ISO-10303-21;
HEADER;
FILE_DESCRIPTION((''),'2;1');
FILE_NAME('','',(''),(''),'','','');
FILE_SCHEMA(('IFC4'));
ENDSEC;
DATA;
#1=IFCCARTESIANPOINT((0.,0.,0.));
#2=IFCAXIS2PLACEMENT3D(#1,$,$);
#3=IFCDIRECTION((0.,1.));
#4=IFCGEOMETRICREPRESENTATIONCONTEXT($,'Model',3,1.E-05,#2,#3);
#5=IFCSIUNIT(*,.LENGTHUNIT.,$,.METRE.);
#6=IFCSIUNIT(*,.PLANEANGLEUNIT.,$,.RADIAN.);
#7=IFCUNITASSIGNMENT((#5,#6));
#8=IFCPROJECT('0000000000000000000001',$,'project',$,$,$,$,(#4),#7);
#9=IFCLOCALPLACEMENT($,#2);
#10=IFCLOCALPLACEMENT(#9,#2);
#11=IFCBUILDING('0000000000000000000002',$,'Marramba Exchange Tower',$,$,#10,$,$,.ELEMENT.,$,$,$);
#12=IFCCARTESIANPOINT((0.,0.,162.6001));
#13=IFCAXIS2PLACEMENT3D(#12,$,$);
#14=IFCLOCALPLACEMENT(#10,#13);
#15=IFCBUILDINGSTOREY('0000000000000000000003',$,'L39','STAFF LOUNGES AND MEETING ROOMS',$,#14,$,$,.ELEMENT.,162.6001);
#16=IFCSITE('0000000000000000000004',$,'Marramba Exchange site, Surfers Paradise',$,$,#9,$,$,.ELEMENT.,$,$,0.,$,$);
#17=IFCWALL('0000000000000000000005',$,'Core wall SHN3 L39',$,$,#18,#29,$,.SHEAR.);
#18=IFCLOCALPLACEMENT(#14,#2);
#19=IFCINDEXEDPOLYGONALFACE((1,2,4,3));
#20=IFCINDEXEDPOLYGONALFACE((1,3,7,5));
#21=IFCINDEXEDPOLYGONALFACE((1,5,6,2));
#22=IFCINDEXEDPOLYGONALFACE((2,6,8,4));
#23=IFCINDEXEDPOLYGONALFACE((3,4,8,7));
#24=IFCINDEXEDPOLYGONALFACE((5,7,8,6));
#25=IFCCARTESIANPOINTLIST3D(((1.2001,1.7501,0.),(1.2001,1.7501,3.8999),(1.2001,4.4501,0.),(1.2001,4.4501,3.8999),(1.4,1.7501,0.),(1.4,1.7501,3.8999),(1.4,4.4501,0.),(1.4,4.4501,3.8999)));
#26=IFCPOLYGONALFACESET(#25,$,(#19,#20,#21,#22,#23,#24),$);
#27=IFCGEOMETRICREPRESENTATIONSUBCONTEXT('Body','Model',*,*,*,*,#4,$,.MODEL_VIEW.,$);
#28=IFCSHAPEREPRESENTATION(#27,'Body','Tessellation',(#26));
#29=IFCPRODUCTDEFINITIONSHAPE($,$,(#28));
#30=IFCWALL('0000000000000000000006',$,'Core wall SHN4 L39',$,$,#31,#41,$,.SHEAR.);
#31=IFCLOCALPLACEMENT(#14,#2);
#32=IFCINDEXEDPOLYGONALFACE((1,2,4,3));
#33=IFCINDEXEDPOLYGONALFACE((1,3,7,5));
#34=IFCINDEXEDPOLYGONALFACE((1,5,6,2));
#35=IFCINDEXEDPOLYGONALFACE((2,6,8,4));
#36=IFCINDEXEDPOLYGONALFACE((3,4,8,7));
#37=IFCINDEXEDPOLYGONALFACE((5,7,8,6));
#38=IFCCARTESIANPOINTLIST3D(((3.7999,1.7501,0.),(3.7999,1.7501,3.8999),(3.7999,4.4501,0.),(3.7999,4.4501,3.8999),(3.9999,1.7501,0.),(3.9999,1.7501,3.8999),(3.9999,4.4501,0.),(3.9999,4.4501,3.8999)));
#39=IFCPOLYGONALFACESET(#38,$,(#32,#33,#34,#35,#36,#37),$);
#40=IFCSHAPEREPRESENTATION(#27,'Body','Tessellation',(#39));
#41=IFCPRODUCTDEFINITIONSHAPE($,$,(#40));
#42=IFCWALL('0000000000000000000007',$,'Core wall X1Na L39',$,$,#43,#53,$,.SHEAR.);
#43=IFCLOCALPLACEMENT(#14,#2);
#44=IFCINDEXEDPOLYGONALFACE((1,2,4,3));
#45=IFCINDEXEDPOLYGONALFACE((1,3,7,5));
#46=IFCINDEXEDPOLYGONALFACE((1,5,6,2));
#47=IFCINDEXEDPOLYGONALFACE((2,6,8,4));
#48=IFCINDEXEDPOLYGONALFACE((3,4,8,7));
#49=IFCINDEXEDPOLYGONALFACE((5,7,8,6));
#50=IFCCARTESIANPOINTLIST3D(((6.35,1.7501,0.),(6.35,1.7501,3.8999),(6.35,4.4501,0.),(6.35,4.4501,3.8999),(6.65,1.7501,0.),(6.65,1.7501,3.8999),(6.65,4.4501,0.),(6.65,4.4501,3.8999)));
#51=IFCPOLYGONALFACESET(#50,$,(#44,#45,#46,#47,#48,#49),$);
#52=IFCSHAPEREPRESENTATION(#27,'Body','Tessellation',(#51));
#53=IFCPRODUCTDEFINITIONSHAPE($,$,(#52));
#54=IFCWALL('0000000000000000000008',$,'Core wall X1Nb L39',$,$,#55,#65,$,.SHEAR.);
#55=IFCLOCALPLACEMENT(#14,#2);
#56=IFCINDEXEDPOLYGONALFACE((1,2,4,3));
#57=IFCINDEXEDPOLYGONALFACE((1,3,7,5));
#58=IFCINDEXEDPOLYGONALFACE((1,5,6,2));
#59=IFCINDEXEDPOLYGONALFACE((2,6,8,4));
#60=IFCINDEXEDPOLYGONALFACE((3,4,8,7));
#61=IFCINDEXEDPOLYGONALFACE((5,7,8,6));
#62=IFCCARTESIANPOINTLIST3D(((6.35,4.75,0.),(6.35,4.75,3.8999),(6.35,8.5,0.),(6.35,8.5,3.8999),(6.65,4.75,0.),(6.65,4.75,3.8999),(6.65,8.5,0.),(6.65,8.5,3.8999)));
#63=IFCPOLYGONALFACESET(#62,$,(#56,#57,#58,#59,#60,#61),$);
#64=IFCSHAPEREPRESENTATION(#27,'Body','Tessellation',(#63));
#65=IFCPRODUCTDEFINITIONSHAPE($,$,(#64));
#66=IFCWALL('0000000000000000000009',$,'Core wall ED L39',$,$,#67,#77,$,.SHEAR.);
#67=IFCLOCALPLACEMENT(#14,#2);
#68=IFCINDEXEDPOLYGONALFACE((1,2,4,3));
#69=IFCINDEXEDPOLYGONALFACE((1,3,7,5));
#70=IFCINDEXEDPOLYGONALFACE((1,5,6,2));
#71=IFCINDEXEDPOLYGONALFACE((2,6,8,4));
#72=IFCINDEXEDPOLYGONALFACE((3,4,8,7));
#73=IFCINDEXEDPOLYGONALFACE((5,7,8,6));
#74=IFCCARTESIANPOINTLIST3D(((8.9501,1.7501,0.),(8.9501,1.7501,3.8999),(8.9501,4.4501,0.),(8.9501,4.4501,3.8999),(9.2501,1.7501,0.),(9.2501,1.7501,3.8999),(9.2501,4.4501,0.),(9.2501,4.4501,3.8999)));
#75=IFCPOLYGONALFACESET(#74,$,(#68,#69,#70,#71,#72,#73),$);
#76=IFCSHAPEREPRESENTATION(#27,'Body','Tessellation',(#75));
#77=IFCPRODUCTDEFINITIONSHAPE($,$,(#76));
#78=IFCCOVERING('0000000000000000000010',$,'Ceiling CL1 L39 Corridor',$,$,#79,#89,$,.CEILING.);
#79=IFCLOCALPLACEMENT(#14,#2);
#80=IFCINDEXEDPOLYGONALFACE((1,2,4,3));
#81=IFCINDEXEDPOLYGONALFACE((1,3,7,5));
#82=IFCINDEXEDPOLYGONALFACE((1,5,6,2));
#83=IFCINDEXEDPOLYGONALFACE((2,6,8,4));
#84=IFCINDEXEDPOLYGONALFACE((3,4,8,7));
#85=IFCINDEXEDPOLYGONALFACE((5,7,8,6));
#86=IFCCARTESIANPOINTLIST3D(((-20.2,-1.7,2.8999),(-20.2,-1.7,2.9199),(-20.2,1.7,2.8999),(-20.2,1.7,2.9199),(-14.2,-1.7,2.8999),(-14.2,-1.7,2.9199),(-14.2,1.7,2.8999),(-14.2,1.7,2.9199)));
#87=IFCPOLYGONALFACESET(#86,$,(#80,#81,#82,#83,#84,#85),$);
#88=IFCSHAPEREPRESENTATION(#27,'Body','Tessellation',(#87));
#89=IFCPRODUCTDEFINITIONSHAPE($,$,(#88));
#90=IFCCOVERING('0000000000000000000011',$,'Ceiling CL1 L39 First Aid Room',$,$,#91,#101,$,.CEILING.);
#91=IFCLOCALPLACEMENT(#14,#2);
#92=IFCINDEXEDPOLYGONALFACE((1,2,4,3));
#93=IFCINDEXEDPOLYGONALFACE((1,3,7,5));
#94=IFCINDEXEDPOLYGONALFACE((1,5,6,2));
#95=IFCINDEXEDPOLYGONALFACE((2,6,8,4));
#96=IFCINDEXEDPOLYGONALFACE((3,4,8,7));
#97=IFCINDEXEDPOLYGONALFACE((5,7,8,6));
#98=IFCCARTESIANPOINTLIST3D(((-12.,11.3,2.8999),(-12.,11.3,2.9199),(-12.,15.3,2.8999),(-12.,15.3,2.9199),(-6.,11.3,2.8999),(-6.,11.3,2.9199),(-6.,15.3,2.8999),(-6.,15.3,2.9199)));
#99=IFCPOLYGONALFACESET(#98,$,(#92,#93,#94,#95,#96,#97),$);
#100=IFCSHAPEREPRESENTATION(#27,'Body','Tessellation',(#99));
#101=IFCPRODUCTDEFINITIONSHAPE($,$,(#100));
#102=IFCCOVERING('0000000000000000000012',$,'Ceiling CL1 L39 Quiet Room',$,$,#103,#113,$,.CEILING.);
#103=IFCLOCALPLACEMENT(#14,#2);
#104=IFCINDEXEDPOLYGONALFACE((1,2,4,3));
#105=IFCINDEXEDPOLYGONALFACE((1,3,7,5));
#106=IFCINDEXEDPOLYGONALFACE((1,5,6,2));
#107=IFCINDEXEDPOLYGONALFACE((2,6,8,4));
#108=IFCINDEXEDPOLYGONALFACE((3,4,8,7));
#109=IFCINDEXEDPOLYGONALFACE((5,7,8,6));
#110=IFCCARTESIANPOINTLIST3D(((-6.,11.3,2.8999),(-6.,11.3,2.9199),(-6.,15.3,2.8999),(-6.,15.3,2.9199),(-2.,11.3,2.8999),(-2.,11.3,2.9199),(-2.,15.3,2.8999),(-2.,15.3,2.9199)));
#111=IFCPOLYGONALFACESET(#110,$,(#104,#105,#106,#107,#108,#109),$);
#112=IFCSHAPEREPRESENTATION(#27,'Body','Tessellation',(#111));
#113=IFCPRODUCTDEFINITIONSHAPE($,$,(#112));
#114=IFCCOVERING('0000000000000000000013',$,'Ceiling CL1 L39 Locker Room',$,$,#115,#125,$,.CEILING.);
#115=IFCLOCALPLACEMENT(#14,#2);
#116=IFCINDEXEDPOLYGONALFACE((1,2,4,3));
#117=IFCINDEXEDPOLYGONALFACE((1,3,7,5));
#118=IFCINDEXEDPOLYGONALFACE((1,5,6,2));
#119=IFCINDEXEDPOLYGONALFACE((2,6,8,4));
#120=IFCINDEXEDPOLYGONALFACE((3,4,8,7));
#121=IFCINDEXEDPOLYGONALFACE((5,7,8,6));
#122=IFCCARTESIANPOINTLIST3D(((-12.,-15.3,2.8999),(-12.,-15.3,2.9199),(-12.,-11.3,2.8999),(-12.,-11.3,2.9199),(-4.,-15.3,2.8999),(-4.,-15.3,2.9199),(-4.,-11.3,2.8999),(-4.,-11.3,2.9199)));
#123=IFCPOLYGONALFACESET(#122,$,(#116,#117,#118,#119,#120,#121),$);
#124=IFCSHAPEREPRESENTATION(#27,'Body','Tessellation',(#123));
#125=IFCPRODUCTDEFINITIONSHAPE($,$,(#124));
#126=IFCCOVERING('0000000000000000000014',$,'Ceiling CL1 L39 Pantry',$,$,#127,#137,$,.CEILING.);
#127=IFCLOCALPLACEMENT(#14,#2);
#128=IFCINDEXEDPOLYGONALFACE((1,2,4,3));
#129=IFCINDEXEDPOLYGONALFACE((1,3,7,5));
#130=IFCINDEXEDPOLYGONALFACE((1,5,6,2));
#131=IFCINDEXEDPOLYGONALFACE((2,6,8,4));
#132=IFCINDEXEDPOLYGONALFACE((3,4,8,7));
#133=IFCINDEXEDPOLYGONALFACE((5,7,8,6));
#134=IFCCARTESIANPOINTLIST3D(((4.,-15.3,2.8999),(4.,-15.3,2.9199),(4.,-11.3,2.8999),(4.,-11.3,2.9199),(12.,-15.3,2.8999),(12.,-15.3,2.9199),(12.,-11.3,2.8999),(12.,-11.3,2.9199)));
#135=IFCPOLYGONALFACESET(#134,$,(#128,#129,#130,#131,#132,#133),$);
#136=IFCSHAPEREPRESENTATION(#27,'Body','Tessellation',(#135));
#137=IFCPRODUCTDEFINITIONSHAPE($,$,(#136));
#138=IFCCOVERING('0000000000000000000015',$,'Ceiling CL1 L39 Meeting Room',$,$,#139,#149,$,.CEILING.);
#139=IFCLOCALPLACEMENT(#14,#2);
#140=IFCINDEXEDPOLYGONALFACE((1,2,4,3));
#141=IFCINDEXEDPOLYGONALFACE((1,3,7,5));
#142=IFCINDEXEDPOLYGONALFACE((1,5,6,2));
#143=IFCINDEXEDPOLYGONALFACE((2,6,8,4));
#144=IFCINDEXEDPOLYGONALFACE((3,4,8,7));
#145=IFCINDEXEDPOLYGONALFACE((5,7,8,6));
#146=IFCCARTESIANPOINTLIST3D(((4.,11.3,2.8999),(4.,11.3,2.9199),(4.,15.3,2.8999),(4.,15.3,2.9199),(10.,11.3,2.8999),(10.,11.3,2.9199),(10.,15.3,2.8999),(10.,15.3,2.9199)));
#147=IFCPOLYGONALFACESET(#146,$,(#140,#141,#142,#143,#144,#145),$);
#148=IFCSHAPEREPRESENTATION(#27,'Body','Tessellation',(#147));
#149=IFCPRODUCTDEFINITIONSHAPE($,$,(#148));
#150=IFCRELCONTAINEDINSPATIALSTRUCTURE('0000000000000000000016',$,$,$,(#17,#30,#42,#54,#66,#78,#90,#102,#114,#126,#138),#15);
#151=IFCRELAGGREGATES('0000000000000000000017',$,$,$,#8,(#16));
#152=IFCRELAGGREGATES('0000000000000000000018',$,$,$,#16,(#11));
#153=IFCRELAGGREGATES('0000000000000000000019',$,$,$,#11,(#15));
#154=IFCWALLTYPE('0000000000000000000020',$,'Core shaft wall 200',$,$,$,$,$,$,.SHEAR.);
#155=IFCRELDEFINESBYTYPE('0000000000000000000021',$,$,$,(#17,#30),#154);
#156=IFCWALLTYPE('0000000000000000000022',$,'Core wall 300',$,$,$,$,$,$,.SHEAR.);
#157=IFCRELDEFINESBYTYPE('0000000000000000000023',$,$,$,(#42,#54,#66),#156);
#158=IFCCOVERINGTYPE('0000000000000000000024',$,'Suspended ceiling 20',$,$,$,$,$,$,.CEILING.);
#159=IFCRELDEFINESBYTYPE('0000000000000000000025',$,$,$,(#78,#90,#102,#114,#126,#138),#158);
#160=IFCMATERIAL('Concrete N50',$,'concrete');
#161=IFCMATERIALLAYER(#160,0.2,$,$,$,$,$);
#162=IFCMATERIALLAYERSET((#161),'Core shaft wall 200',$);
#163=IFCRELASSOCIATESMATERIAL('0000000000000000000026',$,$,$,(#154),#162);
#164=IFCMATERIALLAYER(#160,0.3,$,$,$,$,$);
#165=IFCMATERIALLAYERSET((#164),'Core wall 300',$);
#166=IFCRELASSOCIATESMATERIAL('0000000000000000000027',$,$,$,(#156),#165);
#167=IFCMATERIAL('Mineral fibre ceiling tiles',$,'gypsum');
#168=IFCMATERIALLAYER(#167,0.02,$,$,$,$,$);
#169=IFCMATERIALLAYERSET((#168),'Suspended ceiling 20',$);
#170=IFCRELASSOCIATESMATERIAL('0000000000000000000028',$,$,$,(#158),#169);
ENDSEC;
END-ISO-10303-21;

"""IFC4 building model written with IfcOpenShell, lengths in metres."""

from ifc_helpers import new_model, si_unit, direction, frame, frame_2d, origin, place, context, subcontext, project, spatial, polyline, rectangle, outline, extrude, material, layer, layer_set, type_object, element, save


model = new_model("IFC4")

# Units and contexts
model_context = context("Model", 3, precision=1e-05, world=origin(), true_north=direction((0.0, 1.0)))
body_context = subcontext(model_context, "Body", "Model", "MODEL_VIEW")
ifc_project = project(units=[si_unit("LENGTHUNIT", "METRE"), si_unit("PLANEANGLEUNIT", "RADIAN")], contexts=[model_context])

# Site, building, storey
site_placement = place(None, origin())
site = spatial("IfcSite", under=ifc_project, at=site_placement, Name="Marramba Exchange site, Surfers Paradise", CompositionType="ELEMENT", RefElevation=0.0)
building_placement = place(site_placement, origin())
building = spatial("IfcBuilding", under=site, at=building_placement, Name="Marramba Exchange Tower", CompositionType="ELEMENT")
storey_placement = place(building_placement, frame((0.0, 0.0, 162.6001)))
storey = spatial("IfcBuildingStorey", under=building, at=storey_placement, Name="L39", Description="STAFF LOUNGES AND MEETING ROOMS", CompositionType="ELEMENT", Elevation=162.6001)

# Walls
ifc_material_1 = material(Name="Concrete N50", Category="concrete")
ifc_layer_1 = layer(ifc_material_1, 0.2)
ifc_layer_set_1 = layer_set([ifc_layer_1], Name="Core shaft wall 200")
wall_type_1 = type_object("IfcWallType", Name="Core shaft wall 200", PredefinedType="SHEAR", material=ifc_layer_set_1)
for number, where, z_axis, x_axis, name in (
    (1, (1.3, 1.75, 0.0), (0.0, 0.0, 1.0), (0.0, 1.0, 0.0), "Core wall SHN3 L39"),
    (2, (3.8999, 1.75, 0.0), (0.0, 0.0, 1.0), (0.0, 1.0, 0.0), "Core wall SHN4 L39"),
):
    element("IfcWall", number, at=place(storey_placement, frame(where, z_axis=z_axis, x_axis=x_axis)), inside=storey, type_object=wall_type_1, Name=name, PredefinedType="SHEAR", context=body_context, shape_type="SweptSolid", body=[
        extrude(rectangle(XDim=2.7, YDim=0.2, at=frame_2d((1.3501, 0.0))), origin(), (0.0, 0.0, 1.0), 3.8999),
    ])
ifc_layer_2 = layer(ifc_material_1, 0.3)
ifc_layer_set_2 = layer_set([ifc_layer_2], Name="Core wall 300")
wall_type_2 = type_object("IfcWallType", Name="Core wall 300", PredefinedType="SHEAR", material=ifc_layer_set_2)
wall_1_placement = place(storey_placement, frame((6.5, 1.75, 0.0), z_axis=(0.0, 0.0, 1.0), x_axis=(0.0, 1.0, 0.0)))
element("IfcWall", 3, at=wall_1_placement, inside=storey, type_object=wall_type_2, Name="Core wall X1Na L39", PredefinedType="SHEAR", context=body_context, shape_type="SweptSolid", body=[
    extrude(rectangle(XDim=2.7, YDim=0.3, at=frame_2d((1.3501, 0.0))), origin(), (0.0, 0.0, 1.0), 3.8999),
])
wall_2_placement = place(storey_placement, frame((6.5, 4.75, 0.0), z_axis=(0.0, 0.0, 1.0), x_axis=(0.0, 1.0, 0.0)))
element("IfcWall", 4, at=wall_2_placement, inside=storey, type_object=wall_type_2, Name="Core wall X1Nb L39", PredefinedType="SHEAR", context=body_context, shape_type="SweptSolid", body=[
    extrude(rectangle(XDim=3.75, YDim=0.3, at=frame_2d((1.875, 0.0))), origin(), (0.0, 0.0, 1.0), 3.8999),
])
wall_3_placement = place(storey_placement, frame((9.1001, 1.75, 0.0), z_axis=(0.0, 0.0, 1.0), x_axis=(0.0, 1.0, 0.0)))
element("IfcWall", 5, at=wall_3_placement, inside=storey, type_object=wall_type_2, Name="Core wall ED L39", PredefinedType="SHEAR", context=body_context, shape_type="SweptSolid", body=[
    extrude(rectangle(XDim=2.7, YDim=0.3, at=frame_2d((1.3501, 0.0))), origin(), (0.0, 0.0, 1.0), 3.8999),
])

# Coverings
ifc_material_2 = material(Name="Mineral fibre ceiling tiles", Category="gypsum")
ifc_layer_3 = layer(ifc_material_2, 0.02)
ifc_layer_set_3 = layer_set([ifc_layer_3], Name="Suspended ceiling 20")
covering_type = type_object("IfcCoveringType", Name="Suspended ceiling 20", PredefinedType="CEILING", material=ifc_layer_set_3)
covering_1_placement = place(storey_placement, frame((0.0, 0.0, 2.8999)))
element("IfcCovering", 6, at=covering_1_placement, inside=storey, type_object=covering_type, Name="Ceiling CL1 L39 Corridor", PredefinedType="CEILING", context=body_context, shape_type="SweptSolid", body=[
    extrude(outline(polyline([(-20.2, 1.7), (-14.2, 1.7), (-14.2, -1.7), (-20.2, -1.7), (-20.2, 1.7)])), origin(), (0.0, 0.0, 1.0), 0.02),
])
covering_2_placement = place(storey_placement, frame((0.0, 0.0, 2.8999)))
element("IfcCovering", 7, at=covering_2_placement, inside=storey, type_object=covering_type, Name="Ceiling CL1 L39 First Aid Room", PredefinedType="CEILING", context=body_context, shape_type="SweptSolid", body=[
    extrude(outline(polyline([(-6.0, 11.3), (-12.0, 11.3), (-12.0, 15.3), (-6.0, 15.3), (-6.0, 11.3)])), origin(), (0.0, 0.0, 1.0), 0.02),
])
covering_3_placement = place(storey_placement, frame((0.0, 0.0, 2.8999)))
element("IfcCovering", 8, at=covering_3_placement, inside=storey, type_object=covering_type, Name="Ceiling CL1 L39 Quiet Room", PredefinedType="CEILING", context=body_context, shape_type="SweptSolid", body=[
    extrude(outline(polyline([(-2.0, 11.3), (-6.0, 11.3), (-6.0, 15.3), (-2.0, 15.3), (-2.0, 11.3)])), origin(), (0.0, 0.0, 1.0), 0.02),
])
covering_4_placement = place(storey_placement, frame((0.0, 0.0, 2.8999)))
element("IfcCovering", 9, at=covering_4_placement, inside=storey, type_object=covering_type, Name="Ceiling CL1 L39 Locker Room", PredefinedType="CEILING", context=body_context, shape_type="SweptSolid", body=[
    extrude(outline(polyline([(-4.0, -15.3), (-12.0, -15.3), (-12.0, -11.3), (-4.0, -11.3), (-4.0, -15.3)])), origin(), (0.0, 0.0, 1.0), 0.02),
])
covering_5_placement = place(storey_placement, frame((0.0, 0.0, 2.8999)))
element("IfcCovering", 10, at=covering_5_placement, inside=storey, type_object=covering_type, Name="Ceiling CL1 L39 Pantry", PredefinedType="CEILING", context=body_context, shape_type="SweptSolid", body=[
    extrude(outline(polyline([(12.0, -11.3), (12.0, -15.3), (4.0, -15.3), (4.0, -11.3), (12.0, -11.3)])), origin(), (0.0, 0.0, 1.0), 0.02),
])
covering_6_placement = place(storey_placement, frame((0.0, 0.0, 2.8999)))
element("IfcCovering", 11, at=covering_6_placement, inside=storey, type_object=covering_type, Name="Ceiling CL1 L39 Meeting Room", PredefinedType="CEILING", context=body_context, shape_type="SweptSolid", body=[
    extrude(outline(polyline([(10.0, 11.3), (4.0, 11.3), (4.0, 15.3), (10.0, 15.3), (10.0, 11.3)])), origin(), (0.0, 0.0, 1.0), 0.02),
])

save(model, "model.ifc")
